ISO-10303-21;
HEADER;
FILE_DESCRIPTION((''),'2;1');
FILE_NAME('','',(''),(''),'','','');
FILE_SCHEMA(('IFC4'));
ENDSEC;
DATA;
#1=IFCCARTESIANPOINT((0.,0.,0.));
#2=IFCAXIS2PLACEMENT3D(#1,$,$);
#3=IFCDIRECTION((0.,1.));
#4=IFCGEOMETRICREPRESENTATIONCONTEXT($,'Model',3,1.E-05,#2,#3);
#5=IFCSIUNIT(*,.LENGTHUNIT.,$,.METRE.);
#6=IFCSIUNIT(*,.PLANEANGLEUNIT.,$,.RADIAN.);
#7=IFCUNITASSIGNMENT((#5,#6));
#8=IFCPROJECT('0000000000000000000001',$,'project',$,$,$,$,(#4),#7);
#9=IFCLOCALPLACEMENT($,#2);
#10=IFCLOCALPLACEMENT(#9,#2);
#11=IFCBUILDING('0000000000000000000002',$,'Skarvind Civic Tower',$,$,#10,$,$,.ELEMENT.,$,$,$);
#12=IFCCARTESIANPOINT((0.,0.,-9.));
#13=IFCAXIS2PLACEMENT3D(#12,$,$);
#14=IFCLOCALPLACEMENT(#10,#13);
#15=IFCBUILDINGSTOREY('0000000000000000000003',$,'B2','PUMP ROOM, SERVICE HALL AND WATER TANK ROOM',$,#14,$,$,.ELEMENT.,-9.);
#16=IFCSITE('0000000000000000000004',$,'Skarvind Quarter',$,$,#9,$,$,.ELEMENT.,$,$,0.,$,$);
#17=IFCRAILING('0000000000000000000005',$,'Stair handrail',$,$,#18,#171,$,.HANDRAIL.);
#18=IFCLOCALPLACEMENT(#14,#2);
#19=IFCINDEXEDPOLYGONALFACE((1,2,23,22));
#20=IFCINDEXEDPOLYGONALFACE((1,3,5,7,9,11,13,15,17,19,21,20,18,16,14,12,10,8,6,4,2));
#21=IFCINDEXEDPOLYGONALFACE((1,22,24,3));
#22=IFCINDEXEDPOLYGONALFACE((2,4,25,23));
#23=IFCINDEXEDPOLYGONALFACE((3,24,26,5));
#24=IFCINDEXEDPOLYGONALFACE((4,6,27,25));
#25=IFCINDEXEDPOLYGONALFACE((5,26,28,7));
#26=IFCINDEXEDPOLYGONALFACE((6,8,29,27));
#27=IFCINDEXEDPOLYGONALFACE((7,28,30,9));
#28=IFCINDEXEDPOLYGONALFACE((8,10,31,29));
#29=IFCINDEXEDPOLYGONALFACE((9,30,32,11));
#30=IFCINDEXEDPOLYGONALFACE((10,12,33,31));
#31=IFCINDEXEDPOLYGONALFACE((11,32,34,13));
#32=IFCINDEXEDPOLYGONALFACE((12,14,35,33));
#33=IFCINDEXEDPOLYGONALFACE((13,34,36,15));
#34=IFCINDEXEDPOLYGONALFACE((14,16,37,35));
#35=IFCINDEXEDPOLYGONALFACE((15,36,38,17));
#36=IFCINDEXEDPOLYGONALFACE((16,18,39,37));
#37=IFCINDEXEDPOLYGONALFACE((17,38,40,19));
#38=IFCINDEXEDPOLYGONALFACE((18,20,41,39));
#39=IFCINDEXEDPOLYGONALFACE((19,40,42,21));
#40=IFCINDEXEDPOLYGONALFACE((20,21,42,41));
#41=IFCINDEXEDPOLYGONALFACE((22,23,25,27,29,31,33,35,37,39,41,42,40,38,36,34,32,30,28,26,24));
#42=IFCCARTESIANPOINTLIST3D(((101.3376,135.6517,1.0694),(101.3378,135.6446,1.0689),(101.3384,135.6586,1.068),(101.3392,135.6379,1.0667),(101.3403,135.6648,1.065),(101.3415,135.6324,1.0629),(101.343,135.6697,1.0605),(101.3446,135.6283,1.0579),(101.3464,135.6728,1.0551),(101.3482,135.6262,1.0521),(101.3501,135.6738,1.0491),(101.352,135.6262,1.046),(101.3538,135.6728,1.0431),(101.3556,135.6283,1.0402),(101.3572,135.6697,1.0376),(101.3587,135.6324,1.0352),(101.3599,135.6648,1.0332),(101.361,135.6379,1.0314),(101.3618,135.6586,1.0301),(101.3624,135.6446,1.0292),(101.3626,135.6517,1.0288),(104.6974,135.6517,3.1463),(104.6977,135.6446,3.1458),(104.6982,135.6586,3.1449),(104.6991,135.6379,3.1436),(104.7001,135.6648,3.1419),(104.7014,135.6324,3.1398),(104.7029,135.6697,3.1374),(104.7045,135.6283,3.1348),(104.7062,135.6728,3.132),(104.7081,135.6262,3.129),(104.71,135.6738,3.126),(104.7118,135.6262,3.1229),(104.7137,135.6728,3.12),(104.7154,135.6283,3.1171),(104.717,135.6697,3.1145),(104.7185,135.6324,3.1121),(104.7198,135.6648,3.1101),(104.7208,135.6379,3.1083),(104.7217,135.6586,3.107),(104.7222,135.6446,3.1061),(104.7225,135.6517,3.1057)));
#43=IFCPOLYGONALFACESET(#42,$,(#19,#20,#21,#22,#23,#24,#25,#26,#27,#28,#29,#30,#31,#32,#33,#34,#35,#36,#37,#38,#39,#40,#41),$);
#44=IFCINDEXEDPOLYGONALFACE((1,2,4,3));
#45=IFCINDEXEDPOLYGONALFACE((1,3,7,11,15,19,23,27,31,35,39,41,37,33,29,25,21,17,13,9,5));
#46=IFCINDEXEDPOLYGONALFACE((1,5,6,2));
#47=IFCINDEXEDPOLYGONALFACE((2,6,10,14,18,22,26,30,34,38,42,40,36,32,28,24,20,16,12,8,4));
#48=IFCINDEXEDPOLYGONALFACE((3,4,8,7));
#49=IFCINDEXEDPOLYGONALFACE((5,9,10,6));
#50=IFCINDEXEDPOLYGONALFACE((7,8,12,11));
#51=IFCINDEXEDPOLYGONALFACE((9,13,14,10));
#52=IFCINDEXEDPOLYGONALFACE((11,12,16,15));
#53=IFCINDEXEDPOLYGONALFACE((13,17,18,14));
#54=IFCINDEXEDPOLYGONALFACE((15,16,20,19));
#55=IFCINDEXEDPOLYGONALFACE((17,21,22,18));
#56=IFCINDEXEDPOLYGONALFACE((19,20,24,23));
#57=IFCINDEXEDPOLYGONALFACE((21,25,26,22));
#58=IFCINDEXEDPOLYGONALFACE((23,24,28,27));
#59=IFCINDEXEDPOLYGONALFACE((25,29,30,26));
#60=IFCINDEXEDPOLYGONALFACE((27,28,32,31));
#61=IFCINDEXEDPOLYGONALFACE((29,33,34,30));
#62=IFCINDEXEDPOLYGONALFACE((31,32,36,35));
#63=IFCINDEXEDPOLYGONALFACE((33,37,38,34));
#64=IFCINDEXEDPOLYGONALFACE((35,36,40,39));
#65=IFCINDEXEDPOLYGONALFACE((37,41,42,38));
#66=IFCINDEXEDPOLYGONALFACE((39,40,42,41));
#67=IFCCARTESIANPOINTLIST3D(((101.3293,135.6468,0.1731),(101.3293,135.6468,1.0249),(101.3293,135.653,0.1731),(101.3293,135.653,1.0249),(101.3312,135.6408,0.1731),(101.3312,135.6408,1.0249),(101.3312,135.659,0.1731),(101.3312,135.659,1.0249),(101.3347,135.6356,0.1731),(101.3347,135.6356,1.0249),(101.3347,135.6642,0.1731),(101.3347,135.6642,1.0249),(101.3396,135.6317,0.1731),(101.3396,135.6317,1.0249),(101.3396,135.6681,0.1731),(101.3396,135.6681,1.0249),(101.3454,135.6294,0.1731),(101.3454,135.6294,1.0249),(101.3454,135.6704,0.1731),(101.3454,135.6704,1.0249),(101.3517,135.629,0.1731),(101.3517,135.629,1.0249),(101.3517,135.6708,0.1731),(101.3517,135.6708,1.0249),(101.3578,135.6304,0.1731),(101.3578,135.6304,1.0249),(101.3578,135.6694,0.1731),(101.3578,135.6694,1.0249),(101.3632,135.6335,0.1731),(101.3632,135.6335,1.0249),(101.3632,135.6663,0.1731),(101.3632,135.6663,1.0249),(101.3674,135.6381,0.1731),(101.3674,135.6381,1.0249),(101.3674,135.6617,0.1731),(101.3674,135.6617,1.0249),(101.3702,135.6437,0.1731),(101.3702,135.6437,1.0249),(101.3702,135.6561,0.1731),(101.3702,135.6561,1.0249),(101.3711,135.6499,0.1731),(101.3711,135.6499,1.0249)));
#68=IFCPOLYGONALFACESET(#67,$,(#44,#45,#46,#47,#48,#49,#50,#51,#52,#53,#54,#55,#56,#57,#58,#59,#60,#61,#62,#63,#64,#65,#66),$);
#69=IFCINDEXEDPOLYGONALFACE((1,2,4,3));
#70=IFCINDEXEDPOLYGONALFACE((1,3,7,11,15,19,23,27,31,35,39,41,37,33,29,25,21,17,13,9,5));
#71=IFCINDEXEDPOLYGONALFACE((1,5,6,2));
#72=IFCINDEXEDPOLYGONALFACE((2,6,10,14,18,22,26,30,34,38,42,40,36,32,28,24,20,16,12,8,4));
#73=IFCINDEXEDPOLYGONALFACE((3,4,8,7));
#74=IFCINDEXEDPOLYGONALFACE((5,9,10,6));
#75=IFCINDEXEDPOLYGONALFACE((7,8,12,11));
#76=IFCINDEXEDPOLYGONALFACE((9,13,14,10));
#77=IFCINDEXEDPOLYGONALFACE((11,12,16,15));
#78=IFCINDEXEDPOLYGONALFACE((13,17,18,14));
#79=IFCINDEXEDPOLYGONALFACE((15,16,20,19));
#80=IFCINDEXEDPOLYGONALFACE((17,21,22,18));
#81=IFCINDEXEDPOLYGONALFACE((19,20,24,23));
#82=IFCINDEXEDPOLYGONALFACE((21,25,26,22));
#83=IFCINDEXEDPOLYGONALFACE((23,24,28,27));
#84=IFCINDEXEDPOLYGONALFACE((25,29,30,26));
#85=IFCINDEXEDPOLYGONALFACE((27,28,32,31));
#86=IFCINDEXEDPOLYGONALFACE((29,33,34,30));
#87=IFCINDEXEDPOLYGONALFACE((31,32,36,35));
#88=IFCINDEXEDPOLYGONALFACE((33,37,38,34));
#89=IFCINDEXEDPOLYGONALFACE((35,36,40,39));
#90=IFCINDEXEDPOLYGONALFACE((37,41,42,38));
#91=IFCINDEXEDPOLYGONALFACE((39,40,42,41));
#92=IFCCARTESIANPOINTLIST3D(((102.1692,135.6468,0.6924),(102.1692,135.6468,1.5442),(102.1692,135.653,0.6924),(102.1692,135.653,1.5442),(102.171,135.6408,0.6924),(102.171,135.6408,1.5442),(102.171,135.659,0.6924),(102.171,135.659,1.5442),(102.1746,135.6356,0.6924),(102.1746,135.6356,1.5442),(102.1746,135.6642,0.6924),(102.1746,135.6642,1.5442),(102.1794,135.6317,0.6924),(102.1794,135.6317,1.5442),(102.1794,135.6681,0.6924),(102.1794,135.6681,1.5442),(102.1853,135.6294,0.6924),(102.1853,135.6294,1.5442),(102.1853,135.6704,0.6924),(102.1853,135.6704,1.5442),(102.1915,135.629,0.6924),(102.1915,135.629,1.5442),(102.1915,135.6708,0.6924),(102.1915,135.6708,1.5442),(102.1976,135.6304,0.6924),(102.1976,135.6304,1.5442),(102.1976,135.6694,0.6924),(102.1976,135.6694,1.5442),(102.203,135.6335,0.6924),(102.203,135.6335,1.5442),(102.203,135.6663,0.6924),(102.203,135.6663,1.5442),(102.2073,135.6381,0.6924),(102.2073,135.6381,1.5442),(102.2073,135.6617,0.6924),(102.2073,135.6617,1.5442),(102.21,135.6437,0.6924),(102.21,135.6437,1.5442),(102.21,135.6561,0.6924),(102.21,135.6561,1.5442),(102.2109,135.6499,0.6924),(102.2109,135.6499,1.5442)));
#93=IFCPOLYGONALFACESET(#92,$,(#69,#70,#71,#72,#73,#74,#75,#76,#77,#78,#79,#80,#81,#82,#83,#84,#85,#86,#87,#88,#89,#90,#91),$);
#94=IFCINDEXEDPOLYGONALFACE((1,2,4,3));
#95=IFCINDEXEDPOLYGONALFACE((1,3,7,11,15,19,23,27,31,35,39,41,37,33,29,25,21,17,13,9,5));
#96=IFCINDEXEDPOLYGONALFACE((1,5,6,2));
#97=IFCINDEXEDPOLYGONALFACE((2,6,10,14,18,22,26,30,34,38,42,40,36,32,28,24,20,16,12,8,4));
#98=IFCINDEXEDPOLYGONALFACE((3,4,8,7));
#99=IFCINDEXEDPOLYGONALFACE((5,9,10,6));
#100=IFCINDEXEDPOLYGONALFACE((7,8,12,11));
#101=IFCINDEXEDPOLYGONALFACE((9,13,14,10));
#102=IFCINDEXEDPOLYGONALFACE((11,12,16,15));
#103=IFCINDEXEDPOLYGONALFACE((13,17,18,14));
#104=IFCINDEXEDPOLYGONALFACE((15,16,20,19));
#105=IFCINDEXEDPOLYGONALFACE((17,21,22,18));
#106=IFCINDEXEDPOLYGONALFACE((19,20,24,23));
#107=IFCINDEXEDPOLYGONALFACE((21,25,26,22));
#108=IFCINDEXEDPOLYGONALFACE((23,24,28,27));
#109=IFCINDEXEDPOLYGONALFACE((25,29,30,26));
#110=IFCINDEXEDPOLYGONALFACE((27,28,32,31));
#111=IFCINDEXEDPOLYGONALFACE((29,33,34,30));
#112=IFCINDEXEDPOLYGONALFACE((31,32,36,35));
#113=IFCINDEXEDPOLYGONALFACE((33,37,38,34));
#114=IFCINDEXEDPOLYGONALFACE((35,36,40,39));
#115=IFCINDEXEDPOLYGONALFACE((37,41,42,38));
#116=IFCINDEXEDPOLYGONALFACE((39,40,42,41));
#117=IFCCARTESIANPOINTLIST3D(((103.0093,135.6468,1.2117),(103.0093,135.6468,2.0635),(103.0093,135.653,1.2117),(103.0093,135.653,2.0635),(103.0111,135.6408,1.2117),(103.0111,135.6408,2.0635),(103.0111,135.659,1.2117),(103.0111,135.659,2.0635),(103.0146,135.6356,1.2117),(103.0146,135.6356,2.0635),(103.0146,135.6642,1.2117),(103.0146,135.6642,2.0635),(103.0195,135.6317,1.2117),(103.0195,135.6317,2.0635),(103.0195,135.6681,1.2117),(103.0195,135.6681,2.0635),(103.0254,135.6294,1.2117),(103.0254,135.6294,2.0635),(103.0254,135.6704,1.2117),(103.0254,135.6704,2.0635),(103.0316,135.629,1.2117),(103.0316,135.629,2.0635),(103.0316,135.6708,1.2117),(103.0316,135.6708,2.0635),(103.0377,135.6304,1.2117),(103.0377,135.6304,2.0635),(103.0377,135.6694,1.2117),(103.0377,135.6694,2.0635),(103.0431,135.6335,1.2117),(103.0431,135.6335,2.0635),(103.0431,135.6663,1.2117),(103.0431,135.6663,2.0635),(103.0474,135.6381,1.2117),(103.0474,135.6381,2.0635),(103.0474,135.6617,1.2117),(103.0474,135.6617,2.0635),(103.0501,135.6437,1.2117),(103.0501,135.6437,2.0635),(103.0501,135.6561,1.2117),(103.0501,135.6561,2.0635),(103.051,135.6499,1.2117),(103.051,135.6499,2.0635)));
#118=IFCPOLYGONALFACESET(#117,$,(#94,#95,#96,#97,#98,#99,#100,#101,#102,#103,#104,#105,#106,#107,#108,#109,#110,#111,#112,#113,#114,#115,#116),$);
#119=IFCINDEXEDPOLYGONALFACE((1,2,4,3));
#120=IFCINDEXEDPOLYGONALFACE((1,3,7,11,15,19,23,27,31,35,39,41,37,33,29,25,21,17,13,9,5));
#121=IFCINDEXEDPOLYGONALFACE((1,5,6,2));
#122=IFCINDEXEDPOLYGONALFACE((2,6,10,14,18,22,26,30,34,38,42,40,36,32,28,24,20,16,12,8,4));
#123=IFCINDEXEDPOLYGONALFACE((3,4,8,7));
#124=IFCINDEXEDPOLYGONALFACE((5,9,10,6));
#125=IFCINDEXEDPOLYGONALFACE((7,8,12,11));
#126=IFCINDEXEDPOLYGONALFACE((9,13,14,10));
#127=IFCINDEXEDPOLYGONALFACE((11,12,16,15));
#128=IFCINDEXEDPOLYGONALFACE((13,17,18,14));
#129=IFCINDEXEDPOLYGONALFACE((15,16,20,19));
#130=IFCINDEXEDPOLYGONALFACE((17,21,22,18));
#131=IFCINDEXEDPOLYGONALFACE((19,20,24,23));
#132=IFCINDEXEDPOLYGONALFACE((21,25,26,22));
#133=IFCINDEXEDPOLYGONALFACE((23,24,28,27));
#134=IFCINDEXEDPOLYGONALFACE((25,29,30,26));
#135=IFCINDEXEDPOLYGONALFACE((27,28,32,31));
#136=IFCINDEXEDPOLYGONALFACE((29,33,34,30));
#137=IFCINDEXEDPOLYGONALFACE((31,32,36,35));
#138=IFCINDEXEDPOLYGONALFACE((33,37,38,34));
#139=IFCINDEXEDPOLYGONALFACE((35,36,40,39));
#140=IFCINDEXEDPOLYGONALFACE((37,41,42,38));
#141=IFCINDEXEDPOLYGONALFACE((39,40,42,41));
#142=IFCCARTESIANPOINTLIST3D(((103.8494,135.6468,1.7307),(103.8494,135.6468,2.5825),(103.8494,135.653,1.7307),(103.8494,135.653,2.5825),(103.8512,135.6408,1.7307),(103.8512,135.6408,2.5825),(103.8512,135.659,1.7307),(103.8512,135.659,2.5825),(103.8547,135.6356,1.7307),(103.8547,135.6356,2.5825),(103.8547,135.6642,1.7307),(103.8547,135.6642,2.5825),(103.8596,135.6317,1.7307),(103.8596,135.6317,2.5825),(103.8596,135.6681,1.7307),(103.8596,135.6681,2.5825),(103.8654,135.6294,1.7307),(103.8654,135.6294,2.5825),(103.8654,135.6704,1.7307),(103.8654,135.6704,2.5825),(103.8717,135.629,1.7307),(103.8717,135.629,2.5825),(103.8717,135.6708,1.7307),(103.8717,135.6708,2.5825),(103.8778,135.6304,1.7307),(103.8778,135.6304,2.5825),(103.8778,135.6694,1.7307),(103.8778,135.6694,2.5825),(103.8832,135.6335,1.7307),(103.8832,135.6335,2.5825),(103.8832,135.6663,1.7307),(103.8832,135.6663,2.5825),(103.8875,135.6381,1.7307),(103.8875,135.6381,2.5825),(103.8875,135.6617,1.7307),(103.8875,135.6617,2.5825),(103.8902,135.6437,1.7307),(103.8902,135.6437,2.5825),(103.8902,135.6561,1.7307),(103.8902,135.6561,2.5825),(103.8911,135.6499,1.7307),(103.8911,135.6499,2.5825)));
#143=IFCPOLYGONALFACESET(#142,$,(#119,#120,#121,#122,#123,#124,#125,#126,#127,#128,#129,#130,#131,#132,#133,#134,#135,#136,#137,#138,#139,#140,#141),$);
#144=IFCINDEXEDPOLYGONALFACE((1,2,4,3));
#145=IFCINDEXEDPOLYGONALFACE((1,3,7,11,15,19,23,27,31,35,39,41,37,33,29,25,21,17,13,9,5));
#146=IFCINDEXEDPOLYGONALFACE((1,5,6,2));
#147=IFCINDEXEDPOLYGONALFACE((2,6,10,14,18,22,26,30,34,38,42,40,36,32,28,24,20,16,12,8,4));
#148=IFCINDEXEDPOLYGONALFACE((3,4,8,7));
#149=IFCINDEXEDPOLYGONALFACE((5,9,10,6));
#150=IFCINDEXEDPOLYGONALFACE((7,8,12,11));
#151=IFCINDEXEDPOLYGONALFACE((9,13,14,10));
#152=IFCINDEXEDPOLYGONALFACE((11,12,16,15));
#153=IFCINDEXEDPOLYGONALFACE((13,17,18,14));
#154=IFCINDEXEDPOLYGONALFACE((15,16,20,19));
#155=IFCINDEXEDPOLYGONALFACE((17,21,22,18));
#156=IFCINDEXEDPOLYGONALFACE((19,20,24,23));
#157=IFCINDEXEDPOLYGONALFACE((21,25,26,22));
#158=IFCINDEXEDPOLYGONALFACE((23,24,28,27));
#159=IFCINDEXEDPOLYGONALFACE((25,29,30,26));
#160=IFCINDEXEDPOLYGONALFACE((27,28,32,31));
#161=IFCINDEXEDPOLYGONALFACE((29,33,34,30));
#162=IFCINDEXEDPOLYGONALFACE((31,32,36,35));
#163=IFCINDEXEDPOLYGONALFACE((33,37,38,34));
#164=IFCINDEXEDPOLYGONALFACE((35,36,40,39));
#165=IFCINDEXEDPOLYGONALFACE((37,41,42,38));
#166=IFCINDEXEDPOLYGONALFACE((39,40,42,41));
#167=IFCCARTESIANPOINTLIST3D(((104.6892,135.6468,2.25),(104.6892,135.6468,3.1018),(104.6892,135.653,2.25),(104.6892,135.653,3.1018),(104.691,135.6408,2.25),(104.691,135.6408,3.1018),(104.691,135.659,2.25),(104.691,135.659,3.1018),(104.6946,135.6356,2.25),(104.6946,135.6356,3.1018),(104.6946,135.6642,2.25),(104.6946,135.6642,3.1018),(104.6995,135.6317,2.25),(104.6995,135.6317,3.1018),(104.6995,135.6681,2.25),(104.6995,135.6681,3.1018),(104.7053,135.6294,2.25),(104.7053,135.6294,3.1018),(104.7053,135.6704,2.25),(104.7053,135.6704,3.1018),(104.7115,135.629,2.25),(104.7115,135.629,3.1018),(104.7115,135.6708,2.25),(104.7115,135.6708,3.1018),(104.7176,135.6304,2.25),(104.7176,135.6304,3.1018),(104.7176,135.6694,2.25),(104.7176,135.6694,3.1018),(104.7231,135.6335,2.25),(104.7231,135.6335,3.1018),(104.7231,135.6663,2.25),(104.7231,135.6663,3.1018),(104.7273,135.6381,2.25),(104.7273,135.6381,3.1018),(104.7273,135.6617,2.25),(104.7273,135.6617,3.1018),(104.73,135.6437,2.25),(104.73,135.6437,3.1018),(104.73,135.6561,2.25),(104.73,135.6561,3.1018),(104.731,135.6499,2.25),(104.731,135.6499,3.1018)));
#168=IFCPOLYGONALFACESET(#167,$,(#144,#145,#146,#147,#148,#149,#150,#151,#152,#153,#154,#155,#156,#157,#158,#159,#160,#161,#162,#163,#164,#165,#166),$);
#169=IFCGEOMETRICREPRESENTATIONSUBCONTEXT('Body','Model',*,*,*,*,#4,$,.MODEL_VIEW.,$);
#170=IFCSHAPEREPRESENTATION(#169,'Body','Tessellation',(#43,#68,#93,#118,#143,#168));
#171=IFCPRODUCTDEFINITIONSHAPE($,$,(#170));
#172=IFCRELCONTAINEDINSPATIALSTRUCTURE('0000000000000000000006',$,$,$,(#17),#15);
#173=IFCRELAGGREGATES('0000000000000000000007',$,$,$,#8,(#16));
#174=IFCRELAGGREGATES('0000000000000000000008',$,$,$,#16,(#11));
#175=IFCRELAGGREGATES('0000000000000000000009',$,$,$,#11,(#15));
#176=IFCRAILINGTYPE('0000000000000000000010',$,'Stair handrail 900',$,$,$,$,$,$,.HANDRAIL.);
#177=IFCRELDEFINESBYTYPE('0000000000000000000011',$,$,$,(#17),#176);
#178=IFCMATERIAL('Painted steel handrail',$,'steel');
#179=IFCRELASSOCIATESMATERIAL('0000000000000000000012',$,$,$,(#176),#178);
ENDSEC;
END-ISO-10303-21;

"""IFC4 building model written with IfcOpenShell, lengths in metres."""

from ifc_helpers import new_model, si_unit, direction, frame, origin, origin_2d, place, context, subcontext, project, spatial, circle, extrude, material, type_object, element, save


model = new_model("IFC4")

# Units and contexts
model_context = context("Model", 3, precision=1e-05, world=origin(), true_north=direction((0.0, 1.0)))
body_context = subcontext(model_context, "Body", "Model", "MODEL_VIEW")
ifc_project = project(units=[si_unit("LENGTHUNIT", "METRE"), si_unit("PLANEANGLEUNIT", "RADIAN")], contexts=[model_context])

# Site, building, storey
site_placement = place(None, origin())
site = spatial("IfcSite", under=ifc_project, at=site_placement, Name="Skarvind Quarter", CompositionType="ELEMENT", RefElevation=0.0)
building_placement = place(site_placement, origin())
building = spatial("IfcBuilding", under=site, at=building_placement, Name="Skarvind Civic Tower", CompositionType="ELEMENT")
storey_placement = place(building_placement, frame((0.0, 0.0, -9.0)))
storey = spatial("IfcBuildingStorey", under=building, at=storey_placement, Name="B2", Description="PUMP ROOM, SERVICE HALL AND WATER TANK ROOM", CompositionType="ELEMENT", Elevation=-9.0)

# Railing
ifc_material_1 = material(Name="Painted steel handrail", Category="steel")
railing_type = type_object("IfcRailingType", Name="Stair handrail 900", PredefinedType="HANDRAIL", material=ifc_material_1)
railing_placement = place(storey_placement, frame((101.3501, 135.6499, 0.1731)))
element("IfcRailing", 1, at=railing_placement, inside=storey, type_object=railing_type, Name="Stair handrail", PredefinedType="HANDRAIL", context=body_context, shape_type="SweptSolid", body=[
    extrude(circle(Radius=0.0239, at=origin_2d()), frame((0.0, 0.0, 0.876), z_axis=(0.850606, 0.0, 0.525803), x_axis=(0.0, 1.0, 0.0)), (0.0, 0.0, 1.0), 3.95),
    extrude(circle(Radius=0.021, at=origin_2d()), origin(), (0.0, 0.0, 1.0), 0.8518),
    extrude(circle(Radius=0.021, at=origin_2d()), frame((0.8398, 0.0, 0.5193)), (0.0, 0.0, 1.0), 0.8518),
    extrude(circle(Radius=0.021, at=origin_2d()), frame((1.6799, 0.0, 1.0386)), (0.0, 0.0, 1.0), 0.8518),
    extrude(circle(Radius=0.021, at=origin_2d()), frame((2.52, 0.0, 1.5576)), (0.0, 0.0, 1.0), 0.8518),
    extrude(circle(Radius=0.021, at=origin_2d()), frame((3.3599, 0.0, 2.0769)), (0.0, 0.0, 1.0), 0.8518),
])

save(model, "model.ifc")
